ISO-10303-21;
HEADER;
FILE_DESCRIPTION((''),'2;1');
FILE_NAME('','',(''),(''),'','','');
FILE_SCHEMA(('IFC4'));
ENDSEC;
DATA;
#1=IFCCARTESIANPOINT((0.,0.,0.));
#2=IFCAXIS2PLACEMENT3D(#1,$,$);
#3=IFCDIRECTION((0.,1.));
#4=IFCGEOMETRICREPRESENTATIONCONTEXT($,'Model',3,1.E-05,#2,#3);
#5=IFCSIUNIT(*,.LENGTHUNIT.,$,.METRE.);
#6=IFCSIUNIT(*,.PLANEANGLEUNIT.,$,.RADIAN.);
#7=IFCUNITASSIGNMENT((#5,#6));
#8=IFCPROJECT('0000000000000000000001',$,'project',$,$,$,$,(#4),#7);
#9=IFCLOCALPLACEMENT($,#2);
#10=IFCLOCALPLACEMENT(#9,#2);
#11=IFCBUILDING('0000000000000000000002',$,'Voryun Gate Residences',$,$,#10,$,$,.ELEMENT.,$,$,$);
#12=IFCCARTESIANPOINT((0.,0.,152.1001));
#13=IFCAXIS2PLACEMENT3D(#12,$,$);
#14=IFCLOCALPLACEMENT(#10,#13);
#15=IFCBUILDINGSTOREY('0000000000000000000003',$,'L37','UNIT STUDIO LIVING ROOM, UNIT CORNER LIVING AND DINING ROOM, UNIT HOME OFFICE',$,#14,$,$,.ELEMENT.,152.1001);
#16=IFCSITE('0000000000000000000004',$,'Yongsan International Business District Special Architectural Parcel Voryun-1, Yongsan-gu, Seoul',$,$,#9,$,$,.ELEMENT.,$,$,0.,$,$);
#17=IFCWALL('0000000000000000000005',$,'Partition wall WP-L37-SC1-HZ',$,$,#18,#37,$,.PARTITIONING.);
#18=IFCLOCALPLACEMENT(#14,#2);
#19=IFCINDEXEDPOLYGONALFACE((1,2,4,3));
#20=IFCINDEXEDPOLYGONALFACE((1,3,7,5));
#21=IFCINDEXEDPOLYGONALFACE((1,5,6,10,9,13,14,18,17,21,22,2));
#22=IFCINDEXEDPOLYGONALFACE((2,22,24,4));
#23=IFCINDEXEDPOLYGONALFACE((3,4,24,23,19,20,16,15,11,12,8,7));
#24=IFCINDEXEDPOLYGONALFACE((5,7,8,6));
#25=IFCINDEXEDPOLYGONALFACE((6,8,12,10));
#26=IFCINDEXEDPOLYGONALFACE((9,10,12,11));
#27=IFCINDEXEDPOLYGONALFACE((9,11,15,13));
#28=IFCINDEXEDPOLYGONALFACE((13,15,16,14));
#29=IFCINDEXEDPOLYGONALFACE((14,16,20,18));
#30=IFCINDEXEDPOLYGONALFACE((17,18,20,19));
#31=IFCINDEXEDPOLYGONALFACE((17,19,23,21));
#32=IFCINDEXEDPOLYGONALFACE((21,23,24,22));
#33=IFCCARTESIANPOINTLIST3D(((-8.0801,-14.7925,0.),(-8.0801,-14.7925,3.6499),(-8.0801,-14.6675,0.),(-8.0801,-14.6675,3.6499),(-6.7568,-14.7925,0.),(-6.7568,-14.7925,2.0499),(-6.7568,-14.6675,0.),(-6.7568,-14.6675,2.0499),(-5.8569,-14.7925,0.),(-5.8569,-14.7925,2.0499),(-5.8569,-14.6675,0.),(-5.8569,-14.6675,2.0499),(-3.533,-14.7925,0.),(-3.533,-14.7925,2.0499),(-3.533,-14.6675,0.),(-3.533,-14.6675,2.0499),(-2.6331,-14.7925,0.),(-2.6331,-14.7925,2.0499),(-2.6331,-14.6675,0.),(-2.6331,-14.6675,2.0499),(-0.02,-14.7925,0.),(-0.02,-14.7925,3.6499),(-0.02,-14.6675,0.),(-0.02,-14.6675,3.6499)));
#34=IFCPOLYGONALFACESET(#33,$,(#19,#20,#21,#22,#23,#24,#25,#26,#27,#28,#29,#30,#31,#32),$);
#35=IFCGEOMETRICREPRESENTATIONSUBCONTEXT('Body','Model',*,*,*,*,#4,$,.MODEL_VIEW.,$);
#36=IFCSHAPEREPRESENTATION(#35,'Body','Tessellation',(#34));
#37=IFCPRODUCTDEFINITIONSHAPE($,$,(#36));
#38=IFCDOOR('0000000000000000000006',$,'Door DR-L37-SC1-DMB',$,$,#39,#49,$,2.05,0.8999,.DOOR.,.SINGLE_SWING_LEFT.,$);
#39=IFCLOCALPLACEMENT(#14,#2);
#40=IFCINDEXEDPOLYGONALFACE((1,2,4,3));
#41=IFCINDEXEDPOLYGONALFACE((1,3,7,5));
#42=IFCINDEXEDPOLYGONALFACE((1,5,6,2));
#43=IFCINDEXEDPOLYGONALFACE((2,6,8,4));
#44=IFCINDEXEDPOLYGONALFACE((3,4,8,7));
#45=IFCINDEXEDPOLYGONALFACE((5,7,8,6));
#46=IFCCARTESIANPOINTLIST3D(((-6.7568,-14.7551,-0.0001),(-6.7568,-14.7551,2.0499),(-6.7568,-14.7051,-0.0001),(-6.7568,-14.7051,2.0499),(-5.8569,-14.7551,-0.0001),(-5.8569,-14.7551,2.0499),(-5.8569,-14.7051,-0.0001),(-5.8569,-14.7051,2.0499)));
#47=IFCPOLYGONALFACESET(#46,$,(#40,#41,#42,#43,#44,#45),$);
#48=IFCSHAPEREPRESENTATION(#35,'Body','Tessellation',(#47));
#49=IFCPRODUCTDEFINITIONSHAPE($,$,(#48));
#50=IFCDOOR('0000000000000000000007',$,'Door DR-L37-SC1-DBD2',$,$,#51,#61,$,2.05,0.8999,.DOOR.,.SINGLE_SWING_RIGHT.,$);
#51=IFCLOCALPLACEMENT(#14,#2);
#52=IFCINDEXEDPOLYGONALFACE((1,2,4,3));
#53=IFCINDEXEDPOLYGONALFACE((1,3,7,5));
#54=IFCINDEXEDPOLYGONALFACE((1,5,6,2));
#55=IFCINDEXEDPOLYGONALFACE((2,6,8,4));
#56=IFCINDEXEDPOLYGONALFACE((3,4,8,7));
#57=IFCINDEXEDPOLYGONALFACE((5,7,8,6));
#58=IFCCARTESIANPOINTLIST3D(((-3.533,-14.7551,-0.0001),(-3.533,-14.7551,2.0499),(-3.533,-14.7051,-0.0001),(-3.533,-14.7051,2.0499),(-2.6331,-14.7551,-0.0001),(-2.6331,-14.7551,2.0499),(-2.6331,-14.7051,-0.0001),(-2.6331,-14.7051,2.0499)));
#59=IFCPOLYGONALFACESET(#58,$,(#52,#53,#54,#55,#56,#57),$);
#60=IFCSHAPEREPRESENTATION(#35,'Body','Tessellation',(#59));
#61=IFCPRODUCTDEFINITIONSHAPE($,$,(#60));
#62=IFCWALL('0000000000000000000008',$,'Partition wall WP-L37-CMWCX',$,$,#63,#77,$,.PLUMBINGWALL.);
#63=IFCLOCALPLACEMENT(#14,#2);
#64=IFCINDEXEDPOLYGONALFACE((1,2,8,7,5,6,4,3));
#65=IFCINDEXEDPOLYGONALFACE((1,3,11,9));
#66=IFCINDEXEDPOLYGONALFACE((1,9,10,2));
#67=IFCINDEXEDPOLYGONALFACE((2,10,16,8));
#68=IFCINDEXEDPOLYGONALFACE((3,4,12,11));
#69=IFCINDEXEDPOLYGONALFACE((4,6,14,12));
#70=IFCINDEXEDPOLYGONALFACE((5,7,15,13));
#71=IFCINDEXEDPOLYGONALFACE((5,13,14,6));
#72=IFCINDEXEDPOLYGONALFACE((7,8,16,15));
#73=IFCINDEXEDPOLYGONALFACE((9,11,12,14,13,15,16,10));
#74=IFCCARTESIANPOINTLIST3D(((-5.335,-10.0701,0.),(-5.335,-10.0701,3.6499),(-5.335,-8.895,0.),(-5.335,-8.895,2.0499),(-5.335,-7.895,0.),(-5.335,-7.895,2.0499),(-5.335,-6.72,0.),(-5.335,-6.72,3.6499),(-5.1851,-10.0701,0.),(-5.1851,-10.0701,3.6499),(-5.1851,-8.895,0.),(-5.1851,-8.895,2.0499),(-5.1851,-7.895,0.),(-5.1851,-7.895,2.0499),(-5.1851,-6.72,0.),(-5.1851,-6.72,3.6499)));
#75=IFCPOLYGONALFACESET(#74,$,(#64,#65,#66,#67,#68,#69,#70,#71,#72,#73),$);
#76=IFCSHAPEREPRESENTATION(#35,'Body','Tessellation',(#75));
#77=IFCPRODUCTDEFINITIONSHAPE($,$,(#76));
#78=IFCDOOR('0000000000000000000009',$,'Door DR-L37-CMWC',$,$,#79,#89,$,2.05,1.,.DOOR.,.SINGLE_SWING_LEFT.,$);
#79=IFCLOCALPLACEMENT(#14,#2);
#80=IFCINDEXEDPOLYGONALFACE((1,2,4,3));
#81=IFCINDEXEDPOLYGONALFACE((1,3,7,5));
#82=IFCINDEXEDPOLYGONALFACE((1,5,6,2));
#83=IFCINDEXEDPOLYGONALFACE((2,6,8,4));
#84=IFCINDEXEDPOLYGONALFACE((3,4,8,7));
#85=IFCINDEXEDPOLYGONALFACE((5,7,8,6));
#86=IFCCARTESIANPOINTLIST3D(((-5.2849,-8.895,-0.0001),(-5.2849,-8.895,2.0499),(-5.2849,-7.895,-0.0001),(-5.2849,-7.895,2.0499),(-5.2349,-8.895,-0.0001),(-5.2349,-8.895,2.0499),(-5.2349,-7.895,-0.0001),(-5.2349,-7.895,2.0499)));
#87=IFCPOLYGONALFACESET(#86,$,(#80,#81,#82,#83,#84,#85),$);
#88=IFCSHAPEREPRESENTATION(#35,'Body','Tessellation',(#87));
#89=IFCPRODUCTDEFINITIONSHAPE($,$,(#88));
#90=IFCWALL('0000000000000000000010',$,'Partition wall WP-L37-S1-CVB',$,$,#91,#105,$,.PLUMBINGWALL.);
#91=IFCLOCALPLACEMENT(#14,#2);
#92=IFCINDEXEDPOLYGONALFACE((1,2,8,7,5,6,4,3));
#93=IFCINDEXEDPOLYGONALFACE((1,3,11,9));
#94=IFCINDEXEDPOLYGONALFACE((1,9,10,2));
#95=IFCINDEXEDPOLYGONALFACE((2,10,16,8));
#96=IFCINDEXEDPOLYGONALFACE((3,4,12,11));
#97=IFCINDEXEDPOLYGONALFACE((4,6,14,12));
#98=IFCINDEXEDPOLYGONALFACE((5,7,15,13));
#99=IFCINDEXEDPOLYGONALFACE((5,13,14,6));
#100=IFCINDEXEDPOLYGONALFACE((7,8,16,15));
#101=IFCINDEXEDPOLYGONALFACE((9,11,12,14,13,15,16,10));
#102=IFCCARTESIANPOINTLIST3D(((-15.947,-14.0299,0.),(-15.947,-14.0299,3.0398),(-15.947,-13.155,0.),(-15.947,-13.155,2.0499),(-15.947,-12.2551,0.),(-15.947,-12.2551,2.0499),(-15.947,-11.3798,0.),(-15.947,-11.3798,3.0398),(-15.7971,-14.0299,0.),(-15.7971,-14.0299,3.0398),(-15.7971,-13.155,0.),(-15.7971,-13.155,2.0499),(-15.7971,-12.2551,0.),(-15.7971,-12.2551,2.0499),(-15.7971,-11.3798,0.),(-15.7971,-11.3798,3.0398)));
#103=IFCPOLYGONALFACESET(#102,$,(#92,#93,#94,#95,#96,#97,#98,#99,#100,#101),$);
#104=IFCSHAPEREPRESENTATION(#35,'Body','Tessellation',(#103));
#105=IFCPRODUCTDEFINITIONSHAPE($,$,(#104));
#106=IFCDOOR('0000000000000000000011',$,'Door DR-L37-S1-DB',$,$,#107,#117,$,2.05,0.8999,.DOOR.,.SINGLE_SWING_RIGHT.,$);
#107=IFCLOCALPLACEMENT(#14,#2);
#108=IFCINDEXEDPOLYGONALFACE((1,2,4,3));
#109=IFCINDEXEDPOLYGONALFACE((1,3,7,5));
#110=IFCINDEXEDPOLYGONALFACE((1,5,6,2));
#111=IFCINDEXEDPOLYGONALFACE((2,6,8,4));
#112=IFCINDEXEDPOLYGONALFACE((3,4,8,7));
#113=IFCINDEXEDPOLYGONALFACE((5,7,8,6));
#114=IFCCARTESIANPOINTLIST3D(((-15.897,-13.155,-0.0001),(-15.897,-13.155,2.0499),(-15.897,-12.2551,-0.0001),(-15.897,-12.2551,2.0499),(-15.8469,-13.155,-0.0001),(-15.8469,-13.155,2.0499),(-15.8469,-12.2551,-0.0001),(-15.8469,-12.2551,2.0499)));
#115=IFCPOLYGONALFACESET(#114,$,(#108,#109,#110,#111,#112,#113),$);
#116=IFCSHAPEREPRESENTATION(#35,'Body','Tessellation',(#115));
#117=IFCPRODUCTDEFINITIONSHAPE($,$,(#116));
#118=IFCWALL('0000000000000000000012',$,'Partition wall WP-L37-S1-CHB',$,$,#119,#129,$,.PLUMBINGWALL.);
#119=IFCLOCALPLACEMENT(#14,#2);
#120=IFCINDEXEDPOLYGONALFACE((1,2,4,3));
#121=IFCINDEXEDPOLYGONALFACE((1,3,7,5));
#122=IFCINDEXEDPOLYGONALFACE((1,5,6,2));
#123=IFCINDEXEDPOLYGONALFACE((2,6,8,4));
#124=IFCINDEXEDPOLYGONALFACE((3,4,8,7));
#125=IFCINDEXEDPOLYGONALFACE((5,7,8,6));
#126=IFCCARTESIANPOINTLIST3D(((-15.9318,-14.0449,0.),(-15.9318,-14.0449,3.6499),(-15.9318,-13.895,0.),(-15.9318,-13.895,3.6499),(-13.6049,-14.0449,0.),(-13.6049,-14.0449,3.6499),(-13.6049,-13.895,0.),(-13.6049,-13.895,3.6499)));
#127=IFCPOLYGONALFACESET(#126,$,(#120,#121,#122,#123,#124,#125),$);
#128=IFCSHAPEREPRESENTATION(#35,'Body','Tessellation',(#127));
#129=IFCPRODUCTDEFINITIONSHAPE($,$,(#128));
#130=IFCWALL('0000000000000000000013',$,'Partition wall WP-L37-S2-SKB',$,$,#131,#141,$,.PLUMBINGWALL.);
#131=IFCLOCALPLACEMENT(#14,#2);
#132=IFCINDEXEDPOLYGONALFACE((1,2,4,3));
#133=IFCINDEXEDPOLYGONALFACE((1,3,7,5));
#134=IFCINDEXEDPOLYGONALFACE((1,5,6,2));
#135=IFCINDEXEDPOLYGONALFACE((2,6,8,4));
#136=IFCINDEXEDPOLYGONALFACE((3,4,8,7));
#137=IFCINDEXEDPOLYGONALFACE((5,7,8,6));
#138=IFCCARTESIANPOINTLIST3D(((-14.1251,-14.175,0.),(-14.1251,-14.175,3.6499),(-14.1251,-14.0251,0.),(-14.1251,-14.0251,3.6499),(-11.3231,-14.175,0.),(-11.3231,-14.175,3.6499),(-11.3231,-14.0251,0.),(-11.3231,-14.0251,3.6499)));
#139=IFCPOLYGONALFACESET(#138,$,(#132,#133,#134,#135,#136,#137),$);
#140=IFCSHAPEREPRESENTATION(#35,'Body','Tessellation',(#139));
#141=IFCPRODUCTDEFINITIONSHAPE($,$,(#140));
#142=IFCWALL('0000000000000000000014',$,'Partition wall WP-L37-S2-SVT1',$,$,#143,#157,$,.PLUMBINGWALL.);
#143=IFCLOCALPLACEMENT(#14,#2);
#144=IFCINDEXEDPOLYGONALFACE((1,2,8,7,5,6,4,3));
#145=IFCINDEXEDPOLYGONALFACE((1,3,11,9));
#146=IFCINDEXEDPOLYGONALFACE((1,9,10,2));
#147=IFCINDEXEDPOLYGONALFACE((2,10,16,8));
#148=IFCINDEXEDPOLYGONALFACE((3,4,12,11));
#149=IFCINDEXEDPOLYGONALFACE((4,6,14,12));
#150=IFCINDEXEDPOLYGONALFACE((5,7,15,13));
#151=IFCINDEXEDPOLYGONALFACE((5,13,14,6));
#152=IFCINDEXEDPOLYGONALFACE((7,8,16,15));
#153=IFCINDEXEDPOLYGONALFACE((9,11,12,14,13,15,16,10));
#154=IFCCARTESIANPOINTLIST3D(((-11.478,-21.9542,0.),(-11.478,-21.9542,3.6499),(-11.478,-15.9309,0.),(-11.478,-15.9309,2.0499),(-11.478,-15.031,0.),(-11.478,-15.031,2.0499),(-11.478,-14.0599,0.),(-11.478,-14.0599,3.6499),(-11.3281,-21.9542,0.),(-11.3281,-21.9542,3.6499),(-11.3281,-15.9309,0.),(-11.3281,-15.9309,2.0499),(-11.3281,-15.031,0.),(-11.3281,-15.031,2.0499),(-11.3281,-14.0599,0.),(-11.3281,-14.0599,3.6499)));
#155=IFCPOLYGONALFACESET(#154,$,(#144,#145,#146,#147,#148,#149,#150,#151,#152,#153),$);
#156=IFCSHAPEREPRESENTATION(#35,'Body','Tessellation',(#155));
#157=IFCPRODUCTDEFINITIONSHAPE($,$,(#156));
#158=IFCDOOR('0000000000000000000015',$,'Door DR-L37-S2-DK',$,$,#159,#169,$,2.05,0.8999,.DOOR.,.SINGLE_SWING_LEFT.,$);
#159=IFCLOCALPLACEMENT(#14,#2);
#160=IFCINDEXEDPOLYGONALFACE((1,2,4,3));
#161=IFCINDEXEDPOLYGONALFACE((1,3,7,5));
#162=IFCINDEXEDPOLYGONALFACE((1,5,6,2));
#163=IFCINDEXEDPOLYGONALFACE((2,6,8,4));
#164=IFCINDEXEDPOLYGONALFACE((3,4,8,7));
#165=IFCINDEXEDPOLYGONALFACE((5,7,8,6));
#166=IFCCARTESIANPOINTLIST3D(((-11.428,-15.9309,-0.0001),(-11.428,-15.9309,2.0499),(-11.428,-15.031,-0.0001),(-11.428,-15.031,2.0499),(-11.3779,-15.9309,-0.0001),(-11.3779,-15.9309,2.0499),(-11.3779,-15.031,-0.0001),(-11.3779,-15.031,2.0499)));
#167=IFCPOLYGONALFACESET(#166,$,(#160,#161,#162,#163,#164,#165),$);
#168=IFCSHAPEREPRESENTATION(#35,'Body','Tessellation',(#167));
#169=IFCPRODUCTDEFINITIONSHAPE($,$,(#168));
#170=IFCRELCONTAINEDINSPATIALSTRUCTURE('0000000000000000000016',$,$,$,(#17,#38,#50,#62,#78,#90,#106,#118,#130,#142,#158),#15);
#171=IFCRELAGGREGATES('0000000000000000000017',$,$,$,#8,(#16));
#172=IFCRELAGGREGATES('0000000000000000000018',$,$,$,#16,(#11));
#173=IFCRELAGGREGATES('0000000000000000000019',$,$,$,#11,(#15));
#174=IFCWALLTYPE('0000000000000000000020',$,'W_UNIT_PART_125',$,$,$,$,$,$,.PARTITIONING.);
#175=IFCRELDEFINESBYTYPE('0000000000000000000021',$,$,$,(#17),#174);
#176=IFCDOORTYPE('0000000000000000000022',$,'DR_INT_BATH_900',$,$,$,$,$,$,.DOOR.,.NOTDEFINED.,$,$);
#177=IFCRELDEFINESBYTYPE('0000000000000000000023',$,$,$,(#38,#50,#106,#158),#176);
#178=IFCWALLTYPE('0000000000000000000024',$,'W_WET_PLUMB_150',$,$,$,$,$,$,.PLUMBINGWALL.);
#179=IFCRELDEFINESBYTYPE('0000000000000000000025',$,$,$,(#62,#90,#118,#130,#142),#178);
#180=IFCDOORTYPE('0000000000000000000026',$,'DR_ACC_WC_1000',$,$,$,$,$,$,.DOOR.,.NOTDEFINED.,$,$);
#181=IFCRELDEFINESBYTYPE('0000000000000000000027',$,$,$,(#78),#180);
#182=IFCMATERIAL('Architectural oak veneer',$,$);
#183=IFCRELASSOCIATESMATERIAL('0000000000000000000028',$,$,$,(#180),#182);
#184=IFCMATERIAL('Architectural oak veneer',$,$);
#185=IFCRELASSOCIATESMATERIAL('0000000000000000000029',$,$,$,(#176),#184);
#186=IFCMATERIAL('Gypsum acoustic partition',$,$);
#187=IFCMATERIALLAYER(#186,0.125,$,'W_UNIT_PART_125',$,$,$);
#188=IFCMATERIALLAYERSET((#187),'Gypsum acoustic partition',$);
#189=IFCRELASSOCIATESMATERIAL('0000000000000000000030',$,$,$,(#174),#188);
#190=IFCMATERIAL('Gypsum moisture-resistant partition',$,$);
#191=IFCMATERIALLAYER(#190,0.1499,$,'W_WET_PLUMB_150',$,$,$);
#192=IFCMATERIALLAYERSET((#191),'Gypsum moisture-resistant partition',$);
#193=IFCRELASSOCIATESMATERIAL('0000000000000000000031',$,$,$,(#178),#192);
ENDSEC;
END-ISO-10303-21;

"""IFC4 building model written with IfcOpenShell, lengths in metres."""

from ifc_helpers import new_model, si_unit, direction, frame, frame_2d, origin, place, context, subcontext, project, spatial, rectangle, extrude, material, layer, layer_set, type_object, element, fill, save


model = new_model("IFC4")

# Units and contexts
model_context = context("Model", 3, precision=1e-05, world=origin(), true_north=direction((0.0, 1.0)))
body_context = subcontext(model_context, "Body", "Model", "MODEL_VIEW")
ifc_project = project(units=[si_unit("LENGTHUNIT", "METRE"), si_unit("PLANEANGLEUNIT", "RADIAN")], contexts=[model_context])

# Site, building, storey
site_placement = place(None, origin())
site = spatial("IfcSite", under=ifc_project, at=site_placement, Name="Yongsan International Business District Special Architectural Parcel Voryun-1, Yongsan-gu, Seoul", CompositionType="ELEMENT", RefElevation=0.0)
building_placement = place(site_placement, origin())
building = spatial("IfcBuilding", under=site, at=building_placement, Name="Voryun Gate Residences", CompositionType="ELEMENT")
storey_placement = place(building_placement, frame((0.0, 0.0, 152.1001)))
storey = spatial("IfcBuildingStorey", under=building, at=storey_placement, Name="L37", Description="UNIT STUDIO LIVING ROOM, UNIT CORNER LIVING AND DINING ROOM, UNIT HOME OFFICE", CompositionType="ELEMENT", Elevation=152.1001)

# Shared definitions
ifc_material_1 = material(Name="Architectural oak veneer")
door_type_1 = type_object("IfcDoorType", Name="DR_ACC_WC_1000", OperationType="NOTDEFINED", PredefinedType="DOOR", material=ifc_material_1)
ifc_material_2 = material(Name="Architectural oak veneer")
door_type_2 = type_object("IfcDoorType", Name="DR_INT_BATH_900", OperationType="NOTDEFINED", PredefinedType="DOOR", material=ifc_material_2)

# Wall, openings, doors
ifc_material_3 = material(Name="Gypsum acoustic partition")
ifc_layer_1 = layer(ifc_material_3, 0.125, Name="W_UNIT_PART_125")
ifc_layer_set_1 = layer_set([ifc_layer_1], Name="Gypsum acoustic partition")
wall_type_1 = type_object("IfcWallType", Name="W_UNIT_PART_125", PredefinedType="PARTITIONING", material=ifc_layer_set_1)
wall_1_placement = place(storey_placement, frame((-8.0801, -14.73, 0.0), z_axis=(0.0, 0.0, 1.0), x_axis=(1.0, 0.0, 0.0)))
wall_1 = element("IfcWall", 1, at=wall_1_placement, inside=storey, type_object=wall_type_1, Name="Partition wall WP-L37-SC1-HZ", PredefinedType="PARTITIONING", context=body_context, shape_type="SweptSolid", body=[
    extrude(rectangle(XDim=8.0601, YDim=0.125, at=frame_2d((4.03, 0.0))), origin(), (0.0, 0.0, 1.0), 3.6499),
])
opening_1_placement = place(wall_1_placement, frame((1.3232, 0.0, 0.0)))
opening_1 = element("IfcOpeningElement", 2, at=opening_1_placement, cuts=wall_1, PredefinedType="OPENING", context=body_context, shape_type="SweptSolid", body=[
    extrude(rectangle(XDim=0.8999, YDim=2.05, at=frame_2d((0.45, 1.0249))), frame((0.0, 0.0725, 0.0), z_axis=(0.0, -1.0, 0.0), x_axis=(1.0, 0.0, 0.0)), (0.0, 0.0, 1.0), 0.145),
])
opening_2_placement = place(wall_1_placement, frame((4.5471, 0.0, 0.0)))
opening_2 = element("IfcOpeningElement", 3, at=opening_2_placement, cuts=wall_1, PredefinedType="OPENING", context=body_context, shape_type="SweptSolid", body=[
    extrude(rectangle(XDim=0.8999, YDim=2.05, at=frame_2d((0.45, 1.0249))), frame((0.0, 0.0725, 0.0), z_axis=(0.0, -1.0, 0.0), x_axis=(1.0, 0.0, 0.0)), (0.0, 0.0, 1.0), 0.145),
])
door_1_placement = place(opening_1_placement, origin())
door_1 = element("IfcDoor", 4, at=door_1_placement, inside=storey, type_object=door_type_2, Name="Door DR-L37-SC1-DMB", OperationType="SINGLE_SWING_LEFT", OverallHeight=2.05, OverallWidth=0.8999, PredefinedType="DOOR", context=body_context, shape_type="SweptSolid", body=[
    extrude(rectangle(XDim=0.8999, YDim=2.05, at=frame_2d((0.45, 1.0249))), frame((0.0, 0.0249, 0.0), z_axis=(0.0, -1.0, 0.0), x_axis=(1.0, 0.0, 0.0)), (0.0, 0.0, 1.0), 0.05),
])
fill(opening_1, door_1)
door_2_placement = place(opening_2_placement, origin())
door_2 = element("IfcDoor", 5, at=door_2_placement, inside=storey, type_object=door_type_2, Name="Door DR-L37-SC1-DBD2", OperationType="SINGLE_SWING_RIGHT", OverallHeight=2.05, OverallWidth=0.8999, PredefinedType="DOOR", context=body_context, shape_type="SweptSolid", body=[
    extrude(rectangle(XDim=0.8999, YDim=2.05, at=frame_2d((0.45, 1.0249))), frame((0.0, 0.0249, 0.0), z_axis=(0.0, -1.0, 0.0), x_axis=(1.0, 0.0, 0.0)), (0.0, 0.0, 1.0), 0.05),
])
fill(opening_2, door_2)

# Walls, openings, doors
ifc_material_4 = material(Name="Gypsum moisture-resistant partition")
ifc_layer_2 = layer(ifc_material_4, 0.1499, Name="W_WET_PLUMB_150")
ifc_layer_set_2 = layer_set([ifc_layer_2], Name="Gypsum moisture-resistant partition")
wall_type_2 = type_object("IfcWallType", Name="W_WET_PLUMB_150", PredefinedType="PLUMBINGWALL", material=ifc_layer_set_2)
wall_2_placement = place(storey_placement, frame((-5.26, -10.0701, 0.0), z_axis=(0.0, 0.0, 1.0), x_axis=(0.0, 1.0, 0.0)))
wall_2 = element("IfcWall", 6, at=wall_2_placement, inside=storey, type_object=wall_type_2, Name="Partition wall WP-L37-CMWCX", PredefinedType="PLUMBINGWALL", context=body_context, shape_type="SweptSolid", body=[
    extrude(rectangle(XDim=3.3501, YDim=0.1499, at=frame_2d((1.675, 0.0))), origin(), (0.0, 0.0, 1.0), 3.6499),
])
opening_3_placement = place(wall_2_placement, frame((1.175, 0.0, 0.0)))
opening_3 = element("IfcOpeningElement", 7, at=opening_3_placement, cuts=wall_2, PredefinedType="OPENING", context=body_context, shape_type="SweptSolid", body=[
    extrude(rectangle(XDim=1.0, YDim=2.05, at=frame_2d((0.5, 1.0249))), frame((0.0, 0.085, 0.0), z_axis=(0.0, -1.0, 0.0), x_axis=(1.0, 0.0, 0.0)), (0.0, 0.0, 1.0), 0.1699),
])
door_3_placement = place(opening_3_placement, origin())
door_3 = element("IfcDoor", 8, at=door_3_placement, inside=storey, type_object=door_type_1, Name="Door DR-L37-CMWC", OperationType="SINGLE_SWING_LEFT", OverallHeight=2.05, OverallWidth=1.0, PredefinedType="DOOR", context=body_context, shape_type="SweptSolid", body=[
    extrude(rectangle(XDim=1.0, YDim=2.05, at=frame_2d((0.5, 1.0249))), frame((0.0, 0.0249, 0.0), z_axis=(0.0, -1.0, 0.0), x_axis=(1.0, 0.0, 0.0)), (0.0, 0.0, 1.0), 0.05),
])
fill(opening_3, door_3)
wall_3_placement = place(storey_placement, frame((-15.8721, -14.03, 0.0), z_axis=(0.0, 0.0, 1.0), x_axis=(0.0, 1.0, 0.0)))
wall_3 = element("IfcWall", 9, at=wall_3_placement, inside=storey, type_object=wall_type_2, Name="Partition wall WP-L37-S1-CVB", PredefinedType="PLUMBINGWALL", context=body_context, shape_type="SweptSolid", body=[
    extrude(rectangle(XDim=2.6501, YDim=0.1499, at=frame_2d((1.3252, 0.0))), origin(), (0.0, 0.0, 1.0), 3.0398),
])
opening_4_placement = place(wall_3_placement, frame((0.875, 0.0, 0.0)))
opening_4 = element("IfcOpeningElement", 10, at=opening_4_placement, cuts=wall_3, PredefinedType="OPENING", context=body_context, shape_type="SweptSolid", body=[
    extrude(rectangle(XDim=0.8999, YDim=2.05, at=frame_2d((0.45, 1.0249))), frame((0.0, 0.085, 0.0), z_axis=(0.0, -1.0, 0.0), x_axis=(1.0, 0.0, 0.0)), (0.0, 0.0, 1.0), 0.1699),
])
door_4_placement = place(opening_4_placement, origin())
door_4 = element("IfcDoor", 11, at=door_4_placement, inside=storey, type_object=door_type_2, Name="Door DR-L37-S1-DB", OperationType="SINGLE_SWING_RIGHT", OverallHeight=2.05, OverallWidth=0.8999, PredefinedType="DOOR", context=body_context, shape_type="SweptSolid", body=[
    extrude(rectangle(XDim=0.8999, YDim=2.05, at=frame_2d((0.45, 1.0249))), frame((0.0, 0.0249, 0.0), z_axis=(0.0, -1.0, 0.0), x_axis=(1.0, 0.0, 0.0)), (0.0, 0.0, 1.0), 0.05),
])
fill(opening_4, door_4)

# Walls
wall_4_placement = place(storey_placement, frame((-15.9319, -13.97, 0.0), z_axis=(0.0, 0.0, 1.0), x_axis=(1.0, 0.0, 0.0)))
element("IfcWall", 12, at=wall_4_placement, inside=storey, type_object=wall_type_2, Name="Partition wall WP-L37-S1-CHB", PredefinedType="PLUMBINGWALL", context=body_context, shape_type="SweptSolid", body=[
    extrude(rectangle(XDim=2.3269, YDim=0.1499, at=frame_2d((1.1636, 0.0))), origin(), (0.0, 0.0, 1.0), 3.6499),
])
wall_5_placement = place(storey_placement, frame((-14.125, -14.1001, 0.0), z_axis=(0.0, 0.0, 1.0), x_axis=(1.0, 0.0, 0.0)))
element("IfcWall", 13, at=wall_5_placement, inside=storey, type_object=wall_type_2, Name="Partition wall WP-L37-S2-SKB", PredefinedType="PLUMBINGWALL", context=body_context, shape_type="SweptSolid", body=[
    extrude(rectangle(XDim=2.802, YDim=0.1499, at=frame_2d((1.4009, 0.0))), origin(), (0.0, 0.0, 1.0), 3.6499),
])

# Wall, opening, door
wall_6_placement = place(storey_placement, frame((-11.4031, -21.9543, 0.0), z_axis=(0.0, 0.0, 1.0), x_axis=(0.0, 1.0, 0.0)))
wall_6 = element("IfcWall", 14, at=wall_6_placement, inside=storey, type_object=wall_type_2, Name="Partition wall WP-L37-S2-SVT1", PredefinedType="PLUMBINGWALL", context=body_context, shape_type="SweptSolid", body=[
    extrude(rectangle(XDim=7.8943, YDim=0.1499, at=frame_2d((3.9473, 0.0))), origin(), (0.0, 0.0, 1.0), 3.6499),
])
opening_5_placement = place(wall_6_placement, frame((6.0234, 0.0, 0.0)))
opening_5 = element("IfcOpeningElement", 15, at=opening_5_placement, cuts=wall_6, PredefinedType="OPENING", context=body_context, shape_type="SweptSolid", body=[
    extrude(rectangle(XDim=0.8999, YDim=2.05, at=frame_2d((0.45, 1.0249))), frame((0.0, 0.085, 0.0), z_axis=(0.0, -1.0, 0.0), x_axis=(1.0, 0.0, 0.0)), (0.0, 0.0, 1.0), 0.1699),
])
door_5_placement = place(opening_5_placement, origin())
door_5 = element("IfcDoor", 16, at=door_5_placement, inside=storey, type_object=door_type_2, Name="Door DR-L37-S2-DK", OperationType="SINGLE_SWING_LEFT", OverallHeight=2.05, OverallWidth=0.8999, PredefinedType="DOOR", context=body_context, shape_type="SweptSolid", body=[
    extrude(rectangle(XDim=0.8999, YDim=2.05, at=frame_2d((0.45, 1.0249))), frame((0.0, 0.0249, 0.0), z_axis=(0.0, -1.0, 0.0), x_axis=(1.0, 0.0, 0.0)), (0.0, 0.0, 1.0), 0.05),
])
fill(opening_5, door_5)

save(model, "model.ifc")
